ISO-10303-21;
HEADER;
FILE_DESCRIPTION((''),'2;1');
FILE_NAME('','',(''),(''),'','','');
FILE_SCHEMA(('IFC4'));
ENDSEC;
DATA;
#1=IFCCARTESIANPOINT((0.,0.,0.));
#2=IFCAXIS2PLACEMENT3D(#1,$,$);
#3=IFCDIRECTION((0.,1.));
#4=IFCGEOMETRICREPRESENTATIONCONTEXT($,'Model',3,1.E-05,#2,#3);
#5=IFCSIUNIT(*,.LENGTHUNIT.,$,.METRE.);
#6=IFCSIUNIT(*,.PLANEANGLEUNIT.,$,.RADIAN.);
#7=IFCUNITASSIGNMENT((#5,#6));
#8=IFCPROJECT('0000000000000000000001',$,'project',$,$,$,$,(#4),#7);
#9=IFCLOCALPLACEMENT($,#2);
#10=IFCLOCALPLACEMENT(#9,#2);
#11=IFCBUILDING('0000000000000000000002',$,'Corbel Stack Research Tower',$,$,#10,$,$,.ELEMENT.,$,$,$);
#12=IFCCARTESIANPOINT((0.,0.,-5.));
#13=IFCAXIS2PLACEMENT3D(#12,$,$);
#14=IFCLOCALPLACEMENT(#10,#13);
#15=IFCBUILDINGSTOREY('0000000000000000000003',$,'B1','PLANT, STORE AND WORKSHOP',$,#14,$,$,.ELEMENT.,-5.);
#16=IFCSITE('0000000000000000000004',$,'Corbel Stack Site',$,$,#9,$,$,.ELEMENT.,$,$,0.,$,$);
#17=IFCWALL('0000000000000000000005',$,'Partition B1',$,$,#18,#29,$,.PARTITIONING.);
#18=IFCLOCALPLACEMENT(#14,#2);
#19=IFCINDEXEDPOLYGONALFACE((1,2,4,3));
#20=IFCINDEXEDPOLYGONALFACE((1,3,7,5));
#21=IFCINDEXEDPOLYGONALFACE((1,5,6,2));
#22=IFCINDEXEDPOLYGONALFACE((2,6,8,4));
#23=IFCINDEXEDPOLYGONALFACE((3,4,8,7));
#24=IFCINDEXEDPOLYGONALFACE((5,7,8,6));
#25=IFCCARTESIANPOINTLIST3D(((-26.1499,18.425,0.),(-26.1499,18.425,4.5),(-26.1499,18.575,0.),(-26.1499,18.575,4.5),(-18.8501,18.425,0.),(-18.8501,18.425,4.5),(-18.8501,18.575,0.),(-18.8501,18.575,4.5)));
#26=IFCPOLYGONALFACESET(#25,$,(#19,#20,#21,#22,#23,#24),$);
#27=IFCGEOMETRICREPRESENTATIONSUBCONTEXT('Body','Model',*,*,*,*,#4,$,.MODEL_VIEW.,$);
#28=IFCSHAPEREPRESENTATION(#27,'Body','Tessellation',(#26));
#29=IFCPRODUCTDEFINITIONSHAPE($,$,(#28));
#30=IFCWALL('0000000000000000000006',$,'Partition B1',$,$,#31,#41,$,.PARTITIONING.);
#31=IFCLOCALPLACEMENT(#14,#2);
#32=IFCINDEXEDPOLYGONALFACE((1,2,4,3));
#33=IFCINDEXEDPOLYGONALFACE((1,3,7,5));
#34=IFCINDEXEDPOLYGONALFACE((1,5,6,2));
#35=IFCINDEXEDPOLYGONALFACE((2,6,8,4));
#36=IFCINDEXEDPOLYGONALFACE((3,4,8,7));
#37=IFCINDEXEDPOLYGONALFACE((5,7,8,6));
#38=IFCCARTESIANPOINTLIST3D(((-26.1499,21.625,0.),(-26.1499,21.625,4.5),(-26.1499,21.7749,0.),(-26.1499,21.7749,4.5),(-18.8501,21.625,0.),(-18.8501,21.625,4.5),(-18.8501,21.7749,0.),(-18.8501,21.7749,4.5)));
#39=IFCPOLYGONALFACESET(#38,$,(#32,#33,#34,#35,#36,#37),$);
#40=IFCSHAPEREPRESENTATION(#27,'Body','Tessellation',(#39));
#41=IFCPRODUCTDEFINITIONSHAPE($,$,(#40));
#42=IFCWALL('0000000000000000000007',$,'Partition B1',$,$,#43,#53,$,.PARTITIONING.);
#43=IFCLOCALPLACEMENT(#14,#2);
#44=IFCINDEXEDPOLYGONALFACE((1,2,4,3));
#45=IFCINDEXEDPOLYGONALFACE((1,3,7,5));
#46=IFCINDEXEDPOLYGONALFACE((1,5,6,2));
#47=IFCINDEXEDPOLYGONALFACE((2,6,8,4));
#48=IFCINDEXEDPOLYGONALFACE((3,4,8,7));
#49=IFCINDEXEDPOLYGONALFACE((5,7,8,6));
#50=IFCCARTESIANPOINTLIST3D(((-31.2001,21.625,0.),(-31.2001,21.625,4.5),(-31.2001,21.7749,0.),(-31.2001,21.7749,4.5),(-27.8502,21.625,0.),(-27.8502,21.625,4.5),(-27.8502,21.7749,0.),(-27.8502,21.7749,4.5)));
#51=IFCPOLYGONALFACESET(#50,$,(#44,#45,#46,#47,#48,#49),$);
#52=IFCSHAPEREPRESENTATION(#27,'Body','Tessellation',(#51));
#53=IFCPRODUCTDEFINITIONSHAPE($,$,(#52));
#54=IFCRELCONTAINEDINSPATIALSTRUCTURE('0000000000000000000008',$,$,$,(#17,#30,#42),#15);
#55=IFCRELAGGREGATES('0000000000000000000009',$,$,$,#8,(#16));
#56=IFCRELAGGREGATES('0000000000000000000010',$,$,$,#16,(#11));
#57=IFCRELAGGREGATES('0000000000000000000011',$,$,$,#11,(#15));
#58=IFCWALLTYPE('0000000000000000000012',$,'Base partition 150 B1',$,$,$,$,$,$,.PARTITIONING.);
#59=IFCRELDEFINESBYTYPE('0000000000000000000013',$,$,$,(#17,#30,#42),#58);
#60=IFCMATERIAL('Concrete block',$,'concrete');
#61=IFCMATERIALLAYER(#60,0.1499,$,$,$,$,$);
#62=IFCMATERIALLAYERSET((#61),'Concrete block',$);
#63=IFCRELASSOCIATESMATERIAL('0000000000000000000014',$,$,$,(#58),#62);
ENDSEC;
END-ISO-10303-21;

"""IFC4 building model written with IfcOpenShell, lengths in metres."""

from ifc_helpers import new_model, si_unit, direction, frame, frame_2d, origin, place, context, subcontext, project, spatial, rectangle, extrude, material, layer, layer_set, type_object, element, save


model = new_model("IFC4")

# Units and contexts
model_context = context("Model", 3, precision=1e-05, world=origin(), true_north=direction((0.0, 1.0)))
body_context = subcontext(model_context, "Body", "Model", "MODEL_VIEW")
ifc_project = project(units=[si_unit("LENGTHUNIT", "METRE"), si_unit("PLANEANGLEUNIT", "RADIAN")], contexts=[model_context])

# Site, building, storey
site_placement = place(None, origin())
site = spatial("IfcSite", under=ifc_project, at=site_placement, Name="Corbel Stack Site", CompositionType="ELEMENT", RefElevation=0.0)
building_placement = place(site_placement, origin())
building = spatial("IfcBuilding", under=site, at=building_placement, Name="Corbel Stack Research Tower", CompositionType="ELEMENT")
storey_placement = place(building_placement, frame((0.0, 0.0, -5.0)))
storey = spatial("IfcBuildingStorey", under=building, at=storey_placement, Name="B1", Description="PLANT, STORE AND WORKSHOP", CompositionType="ELEMENT", Elevation=-5.0)

# Walls
ifc_material_1 = material(Name="Concrete block", Category="concrete")
ifc_layer_1 = layer(ifc_material_1, 0.1499)
ifc_layer_set_1 = layer_set([ifc_layer_1], Name="Concrete block")
wall_type_1 = type_object("IfcWallType", Name="Base partition 150 B1", PredefinedType="PARTITIONING", material=ifc_layer_set_1)
for number, where, z_axis, x_axis, name in (
    (1, (-26.1499, 18.5, 0.0), (0.0, 0.0, 1.0), (1.0, 0.0, 0.0), "Partition B1"),
    (2, (-26.1499, 21.7, 0.0), (0.0, 0.0, 1.0), (1.0, 0.0, 0.0), "Partition B1"),
):
    element("IfcWall", number, at=place(storey_placement, frame(where, z_axis=z_axis, x_axis=x_axis)), inside=storey, type_object=wall_type_1, Name=name, PredefinedType="PARTITIONING", context=body_context, shape_type="SweptSolid", body=[
        extrude(rectangle(XDim=7.2998, YDim=0.1499, at=frame_2d((3.6499, 0.0))), origin(), (0.0, 0.0, 1.0), 4.5),
    ])
wall_1_placement = place(storey_placement, frame((-31.2, 21.7, 0.0), z_axis=(0.0, 0.0, 1.0), x_axis=(1.0, 0.0, 0.0)))
element("IfcWall", 3, at=wall_1_placement, inside=storey, type_object=wall_type_1, Name="Partition B1", PredefinedType="PARTITIONING", context=body_context, shape_type="SweptSolid", body=[
    extrude(rectangle(XDim=3.3499, YDim=0.1499, at=frame_2d((1.6748, 0.0))), origin(), (0.0, 0.0, 1.0), 4.5),
])

save(model, "model.ifc")
